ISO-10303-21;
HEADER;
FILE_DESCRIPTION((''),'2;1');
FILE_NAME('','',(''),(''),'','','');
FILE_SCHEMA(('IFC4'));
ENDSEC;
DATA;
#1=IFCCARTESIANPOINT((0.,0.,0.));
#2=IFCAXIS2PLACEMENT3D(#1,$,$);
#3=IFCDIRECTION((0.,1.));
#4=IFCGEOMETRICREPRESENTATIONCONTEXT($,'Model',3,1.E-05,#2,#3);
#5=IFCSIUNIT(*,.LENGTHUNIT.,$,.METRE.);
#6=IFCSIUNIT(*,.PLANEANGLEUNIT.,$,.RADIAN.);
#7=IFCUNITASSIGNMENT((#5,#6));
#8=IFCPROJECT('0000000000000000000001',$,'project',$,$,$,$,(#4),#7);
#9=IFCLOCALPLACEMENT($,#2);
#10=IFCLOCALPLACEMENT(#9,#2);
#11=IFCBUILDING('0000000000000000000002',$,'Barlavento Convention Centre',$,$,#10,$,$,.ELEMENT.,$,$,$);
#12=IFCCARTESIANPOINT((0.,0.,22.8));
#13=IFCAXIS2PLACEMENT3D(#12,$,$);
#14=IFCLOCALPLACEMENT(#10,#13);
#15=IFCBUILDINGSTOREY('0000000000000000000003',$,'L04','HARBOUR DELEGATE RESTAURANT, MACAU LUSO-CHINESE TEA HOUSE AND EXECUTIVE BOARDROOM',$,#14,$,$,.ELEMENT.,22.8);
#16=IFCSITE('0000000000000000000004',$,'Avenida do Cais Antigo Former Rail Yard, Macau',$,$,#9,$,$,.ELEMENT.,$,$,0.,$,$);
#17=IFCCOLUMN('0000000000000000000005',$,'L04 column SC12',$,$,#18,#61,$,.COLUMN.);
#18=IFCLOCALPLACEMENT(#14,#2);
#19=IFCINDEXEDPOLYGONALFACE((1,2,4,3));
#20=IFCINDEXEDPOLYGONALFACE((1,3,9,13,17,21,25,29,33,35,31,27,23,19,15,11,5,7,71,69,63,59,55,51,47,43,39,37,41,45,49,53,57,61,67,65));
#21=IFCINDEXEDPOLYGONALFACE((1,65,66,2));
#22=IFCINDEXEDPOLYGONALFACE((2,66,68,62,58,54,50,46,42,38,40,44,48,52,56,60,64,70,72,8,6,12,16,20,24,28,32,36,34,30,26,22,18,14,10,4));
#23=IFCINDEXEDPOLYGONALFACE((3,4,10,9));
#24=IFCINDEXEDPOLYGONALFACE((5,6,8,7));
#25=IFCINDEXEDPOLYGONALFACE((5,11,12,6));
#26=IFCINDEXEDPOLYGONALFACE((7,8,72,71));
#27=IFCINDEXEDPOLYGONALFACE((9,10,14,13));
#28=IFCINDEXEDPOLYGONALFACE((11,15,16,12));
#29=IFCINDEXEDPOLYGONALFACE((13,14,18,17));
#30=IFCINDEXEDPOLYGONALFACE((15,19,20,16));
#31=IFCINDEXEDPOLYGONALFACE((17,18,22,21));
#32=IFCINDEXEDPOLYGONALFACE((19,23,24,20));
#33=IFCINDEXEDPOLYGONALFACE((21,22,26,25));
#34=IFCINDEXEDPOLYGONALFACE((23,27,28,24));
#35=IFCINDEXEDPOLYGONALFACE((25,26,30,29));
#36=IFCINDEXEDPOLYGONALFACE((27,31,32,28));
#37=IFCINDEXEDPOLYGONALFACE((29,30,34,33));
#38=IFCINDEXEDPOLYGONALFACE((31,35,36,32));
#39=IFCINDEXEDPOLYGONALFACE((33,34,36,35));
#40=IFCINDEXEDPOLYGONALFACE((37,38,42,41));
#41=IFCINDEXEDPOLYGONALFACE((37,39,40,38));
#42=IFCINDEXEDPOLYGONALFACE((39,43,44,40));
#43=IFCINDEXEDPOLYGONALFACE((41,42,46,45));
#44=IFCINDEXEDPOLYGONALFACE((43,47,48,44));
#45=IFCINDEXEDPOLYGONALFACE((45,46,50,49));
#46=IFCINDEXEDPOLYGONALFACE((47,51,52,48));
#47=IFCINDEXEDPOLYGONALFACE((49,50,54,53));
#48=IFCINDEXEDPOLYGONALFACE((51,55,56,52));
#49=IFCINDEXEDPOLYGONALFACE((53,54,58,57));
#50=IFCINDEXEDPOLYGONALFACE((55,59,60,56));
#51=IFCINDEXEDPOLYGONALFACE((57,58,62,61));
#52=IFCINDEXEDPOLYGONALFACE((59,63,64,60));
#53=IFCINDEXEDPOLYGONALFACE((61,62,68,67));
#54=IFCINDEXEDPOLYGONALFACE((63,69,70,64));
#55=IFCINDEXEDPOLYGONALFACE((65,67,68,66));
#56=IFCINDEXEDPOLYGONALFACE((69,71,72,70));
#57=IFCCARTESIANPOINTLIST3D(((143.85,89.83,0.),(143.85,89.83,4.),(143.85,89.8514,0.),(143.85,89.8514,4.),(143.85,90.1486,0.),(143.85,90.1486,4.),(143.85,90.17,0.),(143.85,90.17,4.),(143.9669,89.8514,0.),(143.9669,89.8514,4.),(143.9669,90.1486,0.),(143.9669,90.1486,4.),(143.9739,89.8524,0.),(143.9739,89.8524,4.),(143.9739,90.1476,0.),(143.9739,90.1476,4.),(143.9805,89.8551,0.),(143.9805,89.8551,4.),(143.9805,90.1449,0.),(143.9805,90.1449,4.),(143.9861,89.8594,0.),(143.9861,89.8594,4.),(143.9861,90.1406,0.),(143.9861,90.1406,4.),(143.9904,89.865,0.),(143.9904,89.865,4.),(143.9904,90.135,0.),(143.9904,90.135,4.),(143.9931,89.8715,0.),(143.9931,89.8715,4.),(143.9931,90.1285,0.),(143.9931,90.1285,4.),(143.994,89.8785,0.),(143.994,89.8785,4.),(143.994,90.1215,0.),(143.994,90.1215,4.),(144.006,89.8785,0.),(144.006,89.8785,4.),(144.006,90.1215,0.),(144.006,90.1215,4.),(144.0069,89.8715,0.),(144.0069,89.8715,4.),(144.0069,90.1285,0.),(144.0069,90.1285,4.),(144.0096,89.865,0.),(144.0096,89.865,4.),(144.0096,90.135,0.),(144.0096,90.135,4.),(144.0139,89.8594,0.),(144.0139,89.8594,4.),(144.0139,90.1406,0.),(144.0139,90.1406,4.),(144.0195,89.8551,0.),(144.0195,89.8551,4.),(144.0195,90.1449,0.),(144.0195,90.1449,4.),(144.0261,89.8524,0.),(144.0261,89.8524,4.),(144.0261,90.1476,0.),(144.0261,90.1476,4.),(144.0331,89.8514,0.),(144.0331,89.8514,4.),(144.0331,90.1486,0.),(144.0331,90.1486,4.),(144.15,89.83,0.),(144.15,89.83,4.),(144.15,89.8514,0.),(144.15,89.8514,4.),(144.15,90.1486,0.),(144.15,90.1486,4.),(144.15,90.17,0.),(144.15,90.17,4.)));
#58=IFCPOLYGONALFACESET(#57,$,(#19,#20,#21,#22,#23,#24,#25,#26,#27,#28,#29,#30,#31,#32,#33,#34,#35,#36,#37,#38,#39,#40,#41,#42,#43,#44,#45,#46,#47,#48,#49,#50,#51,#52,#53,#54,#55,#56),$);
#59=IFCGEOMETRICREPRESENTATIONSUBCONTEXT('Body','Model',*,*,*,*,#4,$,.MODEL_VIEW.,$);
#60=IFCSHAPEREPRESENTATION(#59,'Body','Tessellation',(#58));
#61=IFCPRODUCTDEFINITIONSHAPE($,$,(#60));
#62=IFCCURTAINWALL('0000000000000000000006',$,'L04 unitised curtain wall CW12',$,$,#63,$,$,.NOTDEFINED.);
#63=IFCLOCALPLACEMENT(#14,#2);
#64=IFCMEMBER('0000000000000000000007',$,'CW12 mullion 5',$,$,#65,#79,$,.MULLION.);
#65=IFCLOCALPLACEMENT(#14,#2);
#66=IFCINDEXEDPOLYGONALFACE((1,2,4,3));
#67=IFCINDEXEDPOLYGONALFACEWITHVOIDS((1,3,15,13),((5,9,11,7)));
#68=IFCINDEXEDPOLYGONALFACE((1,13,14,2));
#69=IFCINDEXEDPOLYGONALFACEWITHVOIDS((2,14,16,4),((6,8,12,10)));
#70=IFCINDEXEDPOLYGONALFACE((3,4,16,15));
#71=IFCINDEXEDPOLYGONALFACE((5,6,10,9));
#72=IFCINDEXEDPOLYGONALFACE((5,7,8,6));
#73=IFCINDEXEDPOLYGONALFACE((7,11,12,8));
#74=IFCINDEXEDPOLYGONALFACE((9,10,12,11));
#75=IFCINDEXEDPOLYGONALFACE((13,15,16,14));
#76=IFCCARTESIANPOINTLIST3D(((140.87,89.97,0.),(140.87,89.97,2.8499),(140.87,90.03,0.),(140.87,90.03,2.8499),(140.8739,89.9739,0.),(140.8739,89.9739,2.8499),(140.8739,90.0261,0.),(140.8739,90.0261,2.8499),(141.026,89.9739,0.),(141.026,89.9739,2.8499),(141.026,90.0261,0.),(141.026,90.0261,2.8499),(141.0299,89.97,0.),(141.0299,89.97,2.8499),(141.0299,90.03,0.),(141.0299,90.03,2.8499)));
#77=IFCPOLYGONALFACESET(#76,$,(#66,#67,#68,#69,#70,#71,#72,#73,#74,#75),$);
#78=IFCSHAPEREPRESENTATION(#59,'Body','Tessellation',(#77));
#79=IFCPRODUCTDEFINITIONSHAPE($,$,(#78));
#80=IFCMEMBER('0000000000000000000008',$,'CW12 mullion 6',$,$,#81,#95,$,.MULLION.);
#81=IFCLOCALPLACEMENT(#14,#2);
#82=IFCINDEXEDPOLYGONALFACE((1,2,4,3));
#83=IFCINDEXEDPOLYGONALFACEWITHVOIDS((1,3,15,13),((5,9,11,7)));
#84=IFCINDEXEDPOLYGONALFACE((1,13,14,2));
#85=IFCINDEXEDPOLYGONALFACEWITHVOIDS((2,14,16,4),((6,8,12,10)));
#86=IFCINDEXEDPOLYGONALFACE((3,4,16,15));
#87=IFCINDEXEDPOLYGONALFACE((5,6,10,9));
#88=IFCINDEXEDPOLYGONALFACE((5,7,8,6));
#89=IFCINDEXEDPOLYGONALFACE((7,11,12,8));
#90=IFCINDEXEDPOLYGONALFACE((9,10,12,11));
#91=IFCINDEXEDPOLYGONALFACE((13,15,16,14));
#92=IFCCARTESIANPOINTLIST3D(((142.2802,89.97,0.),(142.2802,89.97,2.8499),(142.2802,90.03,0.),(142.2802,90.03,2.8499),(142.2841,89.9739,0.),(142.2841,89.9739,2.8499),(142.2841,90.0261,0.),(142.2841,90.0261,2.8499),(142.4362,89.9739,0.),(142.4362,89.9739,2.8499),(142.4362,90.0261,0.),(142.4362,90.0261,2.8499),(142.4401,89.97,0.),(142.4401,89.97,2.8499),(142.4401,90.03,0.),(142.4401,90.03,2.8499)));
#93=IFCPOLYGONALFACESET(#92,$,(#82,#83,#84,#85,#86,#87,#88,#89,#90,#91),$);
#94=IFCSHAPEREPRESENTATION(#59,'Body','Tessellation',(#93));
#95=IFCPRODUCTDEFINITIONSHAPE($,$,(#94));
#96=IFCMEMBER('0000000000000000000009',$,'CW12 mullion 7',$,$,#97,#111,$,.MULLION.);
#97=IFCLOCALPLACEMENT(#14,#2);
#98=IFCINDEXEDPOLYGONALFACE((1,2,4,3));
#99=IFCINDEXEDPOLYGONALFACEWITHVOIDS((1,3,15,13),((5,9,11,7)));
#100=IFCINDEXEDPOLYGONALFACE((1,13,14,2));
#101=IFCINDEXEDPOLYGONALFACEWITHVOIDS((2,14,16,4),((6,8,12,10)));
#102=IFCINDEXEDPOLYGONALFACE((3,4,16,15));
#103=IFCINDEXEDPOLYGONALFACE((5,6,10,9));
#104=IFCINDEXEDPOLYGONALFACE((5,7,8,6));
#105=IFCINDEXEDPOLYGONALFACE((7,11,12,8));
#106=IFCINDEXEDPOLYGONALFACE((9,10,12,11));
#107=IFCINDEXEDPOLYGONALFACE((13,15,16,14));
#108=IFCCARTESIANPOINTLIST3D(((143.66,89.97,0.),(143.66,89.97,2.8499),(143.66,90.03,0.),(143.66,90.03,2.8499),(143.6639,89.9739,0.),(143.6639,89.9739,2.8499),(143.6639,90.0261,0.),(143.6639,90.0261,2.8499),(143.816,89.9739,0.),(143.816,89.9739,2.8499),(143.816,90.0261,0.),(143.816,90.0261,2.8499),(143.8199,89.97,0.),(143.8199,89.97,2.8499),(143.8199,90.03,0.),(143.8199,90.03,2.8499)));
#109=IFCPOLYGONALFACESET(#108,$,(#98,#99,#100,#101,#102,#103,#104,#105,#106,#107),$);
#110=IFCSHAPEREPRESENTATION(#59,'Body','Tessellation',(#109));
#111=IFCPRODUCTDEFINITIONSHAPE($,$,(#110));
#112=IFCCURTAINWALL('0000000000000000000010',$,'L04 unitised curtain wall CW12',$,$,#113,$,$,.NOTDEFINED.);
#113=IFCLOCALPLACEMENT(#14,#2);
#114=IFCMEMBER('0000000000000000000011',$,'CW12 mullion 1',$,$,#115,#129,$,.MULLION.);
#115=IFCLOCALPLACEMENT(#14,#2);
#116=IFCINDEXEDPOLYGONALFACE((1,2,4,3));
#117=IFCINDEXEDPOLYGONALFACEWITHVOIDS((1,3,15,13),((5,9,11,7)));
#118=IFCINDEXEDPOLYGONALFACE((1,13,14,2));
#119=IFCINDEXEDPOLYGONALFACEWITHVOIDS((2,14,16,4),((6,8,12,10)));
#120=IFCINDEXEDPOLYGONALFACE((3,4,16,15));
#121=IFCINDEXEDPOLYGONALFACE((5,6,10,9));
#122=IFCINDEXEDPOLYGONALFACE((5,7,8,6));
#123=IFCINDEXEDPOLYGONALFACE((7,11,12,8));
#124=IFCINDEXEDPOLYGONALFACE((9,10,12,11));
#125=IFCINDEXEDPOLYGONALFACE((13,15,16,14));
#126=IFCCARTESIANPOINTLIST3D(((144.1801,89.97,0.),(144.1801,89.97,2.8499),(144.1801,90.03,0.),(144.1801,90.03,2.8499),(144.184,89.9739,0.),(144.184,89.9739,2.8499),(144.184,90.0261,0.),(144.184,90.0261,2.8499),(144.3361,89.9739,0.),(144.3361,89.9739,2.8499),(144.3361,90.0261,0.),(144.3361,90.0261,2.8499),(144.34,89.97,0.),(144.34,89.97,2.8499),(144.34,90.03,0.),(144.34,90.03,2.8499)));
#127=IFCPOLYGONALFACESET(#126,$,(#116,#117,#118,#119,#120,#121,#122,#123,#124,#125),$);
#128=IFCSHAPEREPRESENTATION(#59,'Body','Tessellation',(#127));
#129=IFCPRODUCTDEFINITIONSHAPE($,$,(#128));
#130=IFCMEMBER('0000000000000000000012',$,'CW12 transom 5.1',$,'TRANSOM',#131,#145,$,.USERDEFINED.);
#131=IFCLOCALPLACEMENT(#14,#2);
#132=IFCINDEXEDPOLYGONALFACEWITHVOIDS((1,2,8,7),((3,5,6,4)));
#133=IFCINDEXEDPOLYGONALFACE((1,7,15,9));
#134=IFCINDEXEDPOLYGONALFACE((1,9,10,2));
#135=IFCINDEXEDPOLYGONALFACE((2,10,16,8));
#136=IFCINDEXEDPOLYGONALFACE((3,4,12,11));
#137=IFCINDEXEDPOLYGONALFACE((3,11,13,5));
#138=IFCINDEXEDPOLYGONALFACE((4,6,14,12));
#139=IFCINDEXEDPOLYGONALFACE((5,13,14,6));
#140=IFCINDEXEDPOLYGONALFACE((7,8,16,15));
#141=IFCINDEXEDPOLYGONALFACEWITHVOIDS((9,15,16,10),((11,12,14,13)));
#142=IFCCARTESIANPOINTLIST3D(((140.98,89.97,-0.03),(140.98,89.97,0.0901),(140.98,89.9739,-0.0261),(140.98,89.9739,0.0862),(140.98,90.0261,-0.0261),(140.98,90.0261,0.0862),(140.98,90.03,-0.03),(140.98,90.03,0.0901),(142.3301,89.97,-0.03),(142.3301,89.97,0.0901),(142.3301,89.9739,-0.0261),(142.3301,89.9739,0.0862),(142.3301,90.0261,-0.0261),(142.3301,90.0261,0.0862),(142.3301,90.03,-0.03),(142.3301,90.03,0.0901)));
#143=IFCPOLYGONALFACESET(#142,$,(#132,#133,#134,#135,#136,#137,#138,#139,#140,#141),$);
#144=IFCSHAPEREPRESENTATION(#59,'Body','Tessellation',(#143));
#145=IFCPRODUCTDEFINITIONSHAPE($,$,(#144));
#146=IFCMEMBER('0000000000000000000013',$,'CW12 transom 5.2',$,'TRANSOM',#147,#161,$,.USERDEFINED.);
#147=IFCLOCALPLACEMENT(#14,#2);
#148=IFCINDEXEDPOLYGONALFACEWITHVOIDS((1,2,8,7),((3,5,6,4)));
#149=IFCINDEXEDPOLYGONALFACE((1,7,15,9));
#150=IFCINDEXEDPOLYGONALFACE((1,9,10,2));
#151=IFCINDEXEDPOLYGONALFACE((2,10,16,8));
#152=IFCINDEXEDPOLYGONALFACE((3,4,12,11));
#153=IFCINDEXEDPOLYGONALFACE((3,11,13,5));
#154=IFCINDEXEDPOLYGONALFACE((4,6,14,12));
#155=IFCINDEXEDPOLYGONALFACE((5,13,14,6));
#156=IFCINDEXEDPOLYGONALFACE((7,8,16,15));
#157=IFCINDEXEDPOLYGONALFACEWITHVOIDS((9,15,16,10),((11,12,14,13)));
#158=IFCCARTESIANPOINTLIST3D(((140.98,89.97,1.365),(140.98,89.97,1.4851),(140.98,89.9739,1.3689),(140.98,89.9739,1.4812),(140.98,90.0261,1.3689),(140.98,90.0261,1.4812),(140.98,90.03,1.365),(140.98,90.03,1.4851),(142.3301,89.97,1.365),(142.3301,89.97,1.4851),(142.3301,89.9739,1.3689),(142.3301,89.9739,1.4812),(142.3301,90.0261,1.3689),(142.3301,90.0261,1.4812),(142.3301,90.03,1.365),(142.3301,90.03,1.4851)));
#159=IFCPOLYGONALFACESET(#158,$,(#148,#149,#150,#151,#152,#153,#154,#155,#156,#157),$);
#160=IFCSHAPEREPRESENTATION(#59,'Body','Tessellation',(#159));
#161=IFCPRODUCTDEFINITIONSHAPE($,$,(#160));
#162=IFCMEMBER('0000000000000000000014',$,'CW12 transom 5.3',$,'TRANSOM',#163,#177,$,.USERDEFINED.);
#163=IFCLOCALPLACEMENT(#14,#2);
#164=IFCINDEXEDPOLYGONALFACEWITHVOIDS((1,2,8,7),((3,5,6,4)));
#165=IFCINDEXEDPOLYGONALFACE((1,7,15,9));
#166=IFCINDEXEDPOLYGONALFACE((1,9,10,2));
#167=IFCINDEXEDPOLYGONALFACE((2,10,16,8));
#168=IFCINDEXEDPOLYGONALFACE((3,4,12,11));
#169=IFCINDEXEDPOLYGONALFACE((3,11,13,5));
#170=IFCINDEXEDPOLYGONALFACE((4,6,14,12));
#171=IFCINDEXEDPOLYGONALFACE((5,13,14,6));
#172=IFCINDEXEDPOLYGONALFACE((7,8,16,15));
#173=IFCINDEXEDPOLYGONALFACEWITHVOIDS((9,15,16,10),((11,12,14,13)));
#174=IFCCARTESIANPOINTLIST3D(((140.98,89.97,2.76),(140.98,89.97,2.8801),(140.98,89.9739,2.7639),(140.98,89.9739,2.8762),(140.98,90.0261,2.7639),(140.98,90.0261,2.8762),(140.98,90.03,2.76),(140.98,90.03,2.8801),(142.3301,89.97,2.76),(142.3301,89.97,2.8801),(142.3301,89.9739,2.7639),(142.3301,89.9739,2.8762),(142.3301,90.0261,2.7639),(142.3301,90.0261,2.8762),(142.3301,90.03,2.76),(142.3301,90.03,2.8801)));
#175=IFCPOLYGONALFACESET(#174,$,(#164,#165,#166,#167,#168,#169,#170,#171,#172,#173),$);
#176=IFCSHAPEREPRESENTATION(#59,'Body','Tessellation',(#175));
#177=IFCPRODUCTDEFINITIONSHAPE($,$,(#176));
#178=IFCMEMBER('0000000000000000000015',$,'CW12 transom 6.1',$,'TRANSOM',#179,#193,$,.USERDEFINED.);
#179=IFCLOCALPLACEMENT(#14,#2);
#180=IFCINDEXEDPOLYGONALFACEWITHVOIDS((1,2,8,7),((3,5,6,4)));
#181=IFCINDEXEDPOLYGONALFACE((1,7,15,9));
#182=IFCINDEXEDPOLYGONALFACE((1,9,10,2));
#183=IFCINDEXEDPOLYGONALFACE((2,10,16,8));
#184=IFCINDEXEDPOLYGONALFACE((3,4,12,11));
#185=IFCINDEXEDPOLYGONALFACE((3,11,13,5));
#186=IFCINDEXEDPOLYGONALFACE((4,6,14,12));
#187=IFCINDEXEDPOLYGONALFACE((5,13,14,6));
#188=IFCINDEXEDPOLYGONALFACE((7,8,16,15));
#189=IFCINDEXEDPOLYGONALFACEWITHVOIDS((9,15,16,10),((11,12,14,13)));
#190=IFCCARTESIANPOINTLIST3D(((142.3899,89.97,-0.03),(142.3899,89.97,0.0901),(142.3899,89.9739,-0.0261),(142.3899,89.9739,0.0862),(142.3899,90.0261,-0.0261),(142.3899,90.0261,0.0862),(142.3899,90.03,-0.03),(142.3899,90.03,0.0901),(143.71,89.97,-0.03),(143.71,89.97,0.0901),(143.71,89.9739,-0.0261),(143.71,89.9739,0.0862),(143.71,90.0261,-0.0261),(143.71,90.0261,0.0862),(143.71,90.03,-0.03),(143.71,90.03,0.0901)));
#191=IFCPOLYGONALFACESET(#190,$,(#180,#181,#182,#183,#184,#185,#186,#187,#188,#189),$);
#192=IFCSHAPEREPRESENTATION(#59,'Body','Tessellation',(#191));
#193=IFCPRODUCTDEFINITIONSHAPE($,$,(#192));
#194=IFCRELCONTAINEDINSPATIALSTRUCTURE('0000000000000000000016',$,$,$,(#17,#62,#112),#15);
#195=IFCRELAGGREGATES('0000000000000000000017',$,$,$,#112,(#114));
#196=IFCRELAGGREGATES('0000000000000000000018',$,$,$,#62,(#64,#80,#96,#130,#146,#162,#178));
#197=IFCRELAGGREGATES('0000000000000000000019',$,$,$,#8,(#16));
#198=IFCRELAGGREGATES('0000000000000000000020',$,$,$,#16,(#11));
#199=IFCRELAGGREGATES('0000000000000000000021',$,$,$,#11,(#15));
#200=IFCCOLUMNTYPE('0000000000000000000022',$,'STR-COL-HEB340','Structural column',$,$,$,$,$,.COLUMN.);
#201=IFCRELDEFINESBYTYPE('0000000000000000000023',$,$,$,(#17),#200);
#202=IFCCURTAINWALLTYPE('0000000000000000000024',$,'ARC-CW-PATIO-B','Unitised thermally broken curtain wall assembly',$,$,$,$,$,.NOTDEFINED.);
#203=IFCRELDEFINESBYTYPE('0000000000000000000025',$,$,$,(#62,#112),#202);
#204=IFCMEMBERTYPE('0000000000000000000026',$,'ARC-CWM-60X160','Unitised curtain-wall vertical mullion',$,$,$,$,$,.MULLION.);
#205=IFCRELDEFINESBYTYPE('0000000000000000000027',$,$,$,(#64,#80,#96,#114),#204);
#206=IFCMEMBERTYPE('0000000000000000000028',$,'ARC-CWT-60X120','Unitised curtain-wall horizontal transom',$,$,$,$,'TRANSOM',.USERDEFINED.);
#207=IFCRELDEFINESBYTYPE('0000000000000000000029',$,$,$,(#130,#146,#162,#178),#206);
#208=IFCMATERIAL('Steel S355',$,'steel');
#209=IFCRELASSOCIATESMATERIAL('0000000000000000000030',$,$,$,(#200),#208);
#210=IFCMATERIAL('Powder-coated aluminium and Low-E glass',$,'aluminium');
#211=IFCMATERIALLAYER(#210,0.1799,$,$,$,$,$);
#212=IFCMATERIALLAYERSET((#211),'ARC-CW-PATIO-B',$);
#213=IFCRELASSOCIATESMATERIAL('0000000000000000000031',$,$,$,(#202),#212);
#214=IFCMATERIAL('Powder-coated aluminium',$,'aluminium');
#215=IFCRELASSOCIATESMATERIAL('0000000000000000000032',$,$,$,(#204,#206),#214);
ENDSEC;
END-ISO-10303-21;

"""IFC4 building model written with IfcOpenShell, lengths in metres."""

from ifc_helpers import new_model, si_unit, direction, frame, origin, origin_2d, place, context, subcontext, project, spatial, hollow_rectangle, i_section, extrude, material, layer, layer_set, material_profile, profile_set, type_object, element, aggregate, save


model = new_model("IFC4")

# Units and contexts
model_context = context("Model", 3, precision=1e-05, world=origin(), true_north=direction((0.0, 1.0)))
body_context = subcontext(model_context, "Body", "Model", "MODEL_VIEW")
ifc_project = project(units=[si_unit("LENGTHUNIT", "METRE"), si_unit("PLANEANGLEUNIT", "RADIAN")], contexts=[model_context])

# Site, building, storey
site_placement = place(None, origin())
site = spatial("IfcSite", under=ifc_project, at=site_placement, Name="Avenida do Cais Antigo Former Rail Yard, Macau", CompositionType="ELEMENT", RefElevation=0.0)
building_placement = place(site_placement, origin())
building = spatial("IfcBuilding", under=site, at=building_placement, Name="Barlavento Convention Centre", CompositionType="ELEMENT")
storey_placement = place(building_placement, frame((0.0, 0.0, 22.8)))
storey = spatial("IfcBuildingStorey", under=building, at=storey_placement, Name="L04", Description="HARBOUR DELEGATE RESTAURANT, MACAU LUSO-CHINESE TEA HOUSE AND EXECUTIVE BOARDROOM", CompositionType="ELEMENT", Elevation=22.8)

# Column
ifc_material_1 = material(Name="Steel S355", Category="steel")
ifc_material_profile_1 = material_profile(ifc_material_1, i_section(OverallWidth=0.3, OverallDepth=0.3401, WebThickness=0.012, FlangeThickness=0.0215, FilletRadius=0.0271, at=origin_2d()), Name="HEB 340")
ifc_profile_set_1 = profile_set([ifc_material_profile_1], Name="Steel S355")
column_type = type_object("IfcColumnType", Name="STR-COL-HEB340", Description="Structural column", PredefinedType="COLUMN", material=ifc_profile_set_1)
column_placement = place(storey_placement, frame((144.0, 90.0, 0.0), z_axis=(0.0, 0.0, 1.0), x_axis=(1.0, 0.0, 0.0)))
element("IfcColumn", 1, at=column_placement, inside=storey, type_object=column_type, Name="L04 column SC12", PredefinedType="COLUMN", context=body_context, shape_type="SweptSolid", body=[
    extrude(i_section(OverallWidth=0.3, OverallDepth=0.3401, WebThickness=0.012, FlangeThickness=0.0215, FilletRadius=0.0271, at=origin_2d()), origin(), (0.0, 0.0, 1.0), 4.0),
])

# Curtain wall, members
ifc_material_2 = material(Name="Powder-coated aluminium and Low-E glass", Category="aluminium")
ifc_layer_1 = layer(ifc_material_2, 0.1799)
ifc_layer_set_1 = layer_set([ifc_layer_1], Name="ARC-CW-PATIO-B")
curtain_wall_type = type_object("IfcCurtainWallType", Name="ARC-CW-PATIO-B", Description="Unitised thermally broken curtain wall assembly", PredefinedType="NOTDEFINED", material=ifc_layer_set_1)
curtain_wall_1_placement = place(storey_placement, origin())
curtain_wall_1 = element("IfcCurtainWall", 2, at=curtain_wall_1_placement, inside=storey, type_object=curtain_wall_type, Name="L04 unitised curtain wall CW12", PredefinedType="NOTDEFINED")
ifc_material_3 = material(Name="Powder-coated aluminium", Category="aluminium")
ifc_material_profile_2 = material_profile(ifc_material_3, hollow_rectangle(XDim=0.0601, YDim=0.1599, WallThickness=0.0039, at=origin_2d()), Name="AL-MULL 60x160x4")
ifc_profile_set_2 = profile_set([ifc_material_profile_2], Name="Powder-coated aluminium")
member_type_1 = type_object("IfcMemberType", Name="ARC-CWM-60X160", Description="Unitised curtain-wall vertical mullion", PredefinedType="MULLION", material=ifc_profile_set_2)
member_1_placement = place(storey_placement, frame((140.95, 90.0, 0.0), z_axis=(0.0, 0.0, 1.0), x_axis=(0.0, 1.0, 0.0)))
member_1 = element("IfcMember", 3, at=member_1_placement, type_object=member_type_1, Name="CW12 mullion 5", PredefinedType="MULLION", context=body_context, shape_type="SweptSolid", body=[
    extrude(hollow_rectangle(XDim=0.0601, YDim=0.1599, WallThickness=0.0039, at=origin_2d()), origin(), (0.0, 0.0, 1.0), 2.8499),
])
member_2_placement = place(storey_placement, frame((142.3601, 90.0, 0.0), z_axis=(0.0, 0.0, 1.0), x_axis=(0.0, 1.0, 0.0)))
member_2 = element("IfcMember", 4, at=member_2_placement, type_object=member_type_1, Name="CW12 mullion 6", PredefinedType="MULLION", context=body_context, shape_type="SweptSolid", body=[
    extrude(hollow_rectangle(XDim=0.0601, YDim=0.1599, WallThickness=0.0039, at=origin_2d()), origin(), (0.0, 0.0, 1.0), 2.8499),
])
member_3_placement = place(storey_placement, frame((143.74, 90.0, 0.0), z_axis=(0.0, 0.0, 1.0), x_axis=(0.0, 1.0, 0.0)))
member_3 = element("IfcMember", 5, at=member_3_placement, type_object=member_type_1, Name="CW12 mullion 7", PredefinedType="MULLION", context=body_context, shape_type="SweptSolid", body=[
    extrude(hollow_rectangle(XDim=0.0601, YDim=0.1599, WallThickness=0.0039, at=origin_2d()), origin(), (0.0, 0.0, 1.0), 2.8499),
])

# Curtain wall, member
curtain_wall_2_placement = place(storey_placement, origin())
curtain_wall_2 = element("IfcCurtainWall", 6, at=curtain_wall_2_placement, inside=storey, type_object=curtain_wall_type, Name="L04 unitised curtain wall CW12", PredefinedType="NOTDEFINED")
member_4_placement = place(storey_placement, frame((144.26, 90.0, 0.0), z_axis=(0.0, 0.0, 1.0), x_axis=(0.0, 1.0, 0.0)))
member_4 = element("IfcMember", 7, at=member_4_placement, type_object=member_type_1, Name="CW12 mullion 1", PredefinedType="MULLION", context=body_context, shape_type="SweptSolid", body=[
    extrude(hollow_rectangle(XDim=0.0601, YDim=0.1599, WallThickness=0.0039, at=origin_2d()), origin(), (0.0, 0.0, 1.0), 2.8499),
])

# Members
ifc_material_profile_3 = material_profile(ifc_material_3, hollow_rectangle(XDim=0.0601, YDim=0.1201, WallThickness=0.0039, at=origin_2d()), Name="AL-TRAN 60x120x4")
ifc_profile_set_3 = profile_set([ifc_material_profile_3], Name="Powder-coated aluminium")
member_type_2 = type_object("IfcMemberType", Name="ARC-CWT-60X120", Description="Unitised curtain-wall horizontal transom", ElementType="TRANSOM", PredefinedType="USERDEFINED", material=ifc_profile_set_3)
member_5_placement = place(storey_placement, frame((140.98, 90.0, 0.03), z_axis=(1.0, 0.0, 0.0), x_axis=(0.0, 1.0, 0.0)))
member_5 = element("IfcMember", 8, at=member_5_placement, type_object=member_type_2, Name="CW12 transom 5.1", ObjectType="TRANSOM", PredefinedType="USERDEFINED", context=body_context, shape_type="SweptSolid", body=[
    extrude(hollow_rectangle(XDim=0.0601, YDim=0.1201, WallThickness=0.0039, at=origin_2d()), origin(), (0.0, 0.0, 1.0), 1.3501),
])
member_6_placement = place(storey_placement, frame((140.98, 90.0, 1.425), z_axis=(1.0, 0.0, 0.0), x_axis=(0.0, 1.0, 0.0)))
member_6 = element("IfcMember", 9, at=member_6_placement, type_object=member_type_2, Name="CW12 transom 5.2", ObjectType="TRANSOM", PredefinedType="USERDEFINED", context=body_context, shape_type="SweptSolid", body=[
    extrude(hollow_rectangle(XDim=0.0601, YDim=0.1201, WallThickness=0.0039, at=origin_2d()), origin(), (0.0, 0.0, 1.0), 1.3501),
])
member_7_placement = place(storey_placement, frame((140.98, 90.0, 2.8201), z_axis=(1.0, 0.0, 0.0), x_axis=(0.0, 1.0, 0.0)))
member_7 = element("IfcMember", 10, at=member_7_placement, type_object=member_type_2, Name="CW12 transom 5.3", ObjectType="TRANSOM", PredefinedType="USERDEFINED", context=body_context, shape_type="SweptSolid", body=[
    extrude(hollow_rectangle(XDim=0.0601, YDim=0.1201, WallThickness=0.0039, at=origin_2d()), origin(), (0.0, 0.0, 1.0), 1.3501),
])
member_8_placement = place(storey_placement, frame((142.3899, 90.0, 0.03), z_axis=(1.0, 0.0, 0.0), x_axis=(0.0, 1.0, 0.0)))
member_8 = element("IfcMember", 11, at=member_8_placement, type_object=member_type_2, Name="CW12 transom 6.1", ObjectType="TRANSOM", PredefinedType="USERDEFINED", context=body_context, shape_type="SweptSolid", body=[
    extrude(hollow_rectangle(XDim=0.0601, YDim=0.1201, WallThickness=0.0039, at=origin_2d()), origin(), (0.0, 0.0, 1.0), 1.3201),
])
aggregate(curtain_wall_2, [member_4])

aggregate(curtain_wall_1, [member_1, member_2, member_3, member_5, member_6, member_7, member_8])

save(model, "model.ifc")
